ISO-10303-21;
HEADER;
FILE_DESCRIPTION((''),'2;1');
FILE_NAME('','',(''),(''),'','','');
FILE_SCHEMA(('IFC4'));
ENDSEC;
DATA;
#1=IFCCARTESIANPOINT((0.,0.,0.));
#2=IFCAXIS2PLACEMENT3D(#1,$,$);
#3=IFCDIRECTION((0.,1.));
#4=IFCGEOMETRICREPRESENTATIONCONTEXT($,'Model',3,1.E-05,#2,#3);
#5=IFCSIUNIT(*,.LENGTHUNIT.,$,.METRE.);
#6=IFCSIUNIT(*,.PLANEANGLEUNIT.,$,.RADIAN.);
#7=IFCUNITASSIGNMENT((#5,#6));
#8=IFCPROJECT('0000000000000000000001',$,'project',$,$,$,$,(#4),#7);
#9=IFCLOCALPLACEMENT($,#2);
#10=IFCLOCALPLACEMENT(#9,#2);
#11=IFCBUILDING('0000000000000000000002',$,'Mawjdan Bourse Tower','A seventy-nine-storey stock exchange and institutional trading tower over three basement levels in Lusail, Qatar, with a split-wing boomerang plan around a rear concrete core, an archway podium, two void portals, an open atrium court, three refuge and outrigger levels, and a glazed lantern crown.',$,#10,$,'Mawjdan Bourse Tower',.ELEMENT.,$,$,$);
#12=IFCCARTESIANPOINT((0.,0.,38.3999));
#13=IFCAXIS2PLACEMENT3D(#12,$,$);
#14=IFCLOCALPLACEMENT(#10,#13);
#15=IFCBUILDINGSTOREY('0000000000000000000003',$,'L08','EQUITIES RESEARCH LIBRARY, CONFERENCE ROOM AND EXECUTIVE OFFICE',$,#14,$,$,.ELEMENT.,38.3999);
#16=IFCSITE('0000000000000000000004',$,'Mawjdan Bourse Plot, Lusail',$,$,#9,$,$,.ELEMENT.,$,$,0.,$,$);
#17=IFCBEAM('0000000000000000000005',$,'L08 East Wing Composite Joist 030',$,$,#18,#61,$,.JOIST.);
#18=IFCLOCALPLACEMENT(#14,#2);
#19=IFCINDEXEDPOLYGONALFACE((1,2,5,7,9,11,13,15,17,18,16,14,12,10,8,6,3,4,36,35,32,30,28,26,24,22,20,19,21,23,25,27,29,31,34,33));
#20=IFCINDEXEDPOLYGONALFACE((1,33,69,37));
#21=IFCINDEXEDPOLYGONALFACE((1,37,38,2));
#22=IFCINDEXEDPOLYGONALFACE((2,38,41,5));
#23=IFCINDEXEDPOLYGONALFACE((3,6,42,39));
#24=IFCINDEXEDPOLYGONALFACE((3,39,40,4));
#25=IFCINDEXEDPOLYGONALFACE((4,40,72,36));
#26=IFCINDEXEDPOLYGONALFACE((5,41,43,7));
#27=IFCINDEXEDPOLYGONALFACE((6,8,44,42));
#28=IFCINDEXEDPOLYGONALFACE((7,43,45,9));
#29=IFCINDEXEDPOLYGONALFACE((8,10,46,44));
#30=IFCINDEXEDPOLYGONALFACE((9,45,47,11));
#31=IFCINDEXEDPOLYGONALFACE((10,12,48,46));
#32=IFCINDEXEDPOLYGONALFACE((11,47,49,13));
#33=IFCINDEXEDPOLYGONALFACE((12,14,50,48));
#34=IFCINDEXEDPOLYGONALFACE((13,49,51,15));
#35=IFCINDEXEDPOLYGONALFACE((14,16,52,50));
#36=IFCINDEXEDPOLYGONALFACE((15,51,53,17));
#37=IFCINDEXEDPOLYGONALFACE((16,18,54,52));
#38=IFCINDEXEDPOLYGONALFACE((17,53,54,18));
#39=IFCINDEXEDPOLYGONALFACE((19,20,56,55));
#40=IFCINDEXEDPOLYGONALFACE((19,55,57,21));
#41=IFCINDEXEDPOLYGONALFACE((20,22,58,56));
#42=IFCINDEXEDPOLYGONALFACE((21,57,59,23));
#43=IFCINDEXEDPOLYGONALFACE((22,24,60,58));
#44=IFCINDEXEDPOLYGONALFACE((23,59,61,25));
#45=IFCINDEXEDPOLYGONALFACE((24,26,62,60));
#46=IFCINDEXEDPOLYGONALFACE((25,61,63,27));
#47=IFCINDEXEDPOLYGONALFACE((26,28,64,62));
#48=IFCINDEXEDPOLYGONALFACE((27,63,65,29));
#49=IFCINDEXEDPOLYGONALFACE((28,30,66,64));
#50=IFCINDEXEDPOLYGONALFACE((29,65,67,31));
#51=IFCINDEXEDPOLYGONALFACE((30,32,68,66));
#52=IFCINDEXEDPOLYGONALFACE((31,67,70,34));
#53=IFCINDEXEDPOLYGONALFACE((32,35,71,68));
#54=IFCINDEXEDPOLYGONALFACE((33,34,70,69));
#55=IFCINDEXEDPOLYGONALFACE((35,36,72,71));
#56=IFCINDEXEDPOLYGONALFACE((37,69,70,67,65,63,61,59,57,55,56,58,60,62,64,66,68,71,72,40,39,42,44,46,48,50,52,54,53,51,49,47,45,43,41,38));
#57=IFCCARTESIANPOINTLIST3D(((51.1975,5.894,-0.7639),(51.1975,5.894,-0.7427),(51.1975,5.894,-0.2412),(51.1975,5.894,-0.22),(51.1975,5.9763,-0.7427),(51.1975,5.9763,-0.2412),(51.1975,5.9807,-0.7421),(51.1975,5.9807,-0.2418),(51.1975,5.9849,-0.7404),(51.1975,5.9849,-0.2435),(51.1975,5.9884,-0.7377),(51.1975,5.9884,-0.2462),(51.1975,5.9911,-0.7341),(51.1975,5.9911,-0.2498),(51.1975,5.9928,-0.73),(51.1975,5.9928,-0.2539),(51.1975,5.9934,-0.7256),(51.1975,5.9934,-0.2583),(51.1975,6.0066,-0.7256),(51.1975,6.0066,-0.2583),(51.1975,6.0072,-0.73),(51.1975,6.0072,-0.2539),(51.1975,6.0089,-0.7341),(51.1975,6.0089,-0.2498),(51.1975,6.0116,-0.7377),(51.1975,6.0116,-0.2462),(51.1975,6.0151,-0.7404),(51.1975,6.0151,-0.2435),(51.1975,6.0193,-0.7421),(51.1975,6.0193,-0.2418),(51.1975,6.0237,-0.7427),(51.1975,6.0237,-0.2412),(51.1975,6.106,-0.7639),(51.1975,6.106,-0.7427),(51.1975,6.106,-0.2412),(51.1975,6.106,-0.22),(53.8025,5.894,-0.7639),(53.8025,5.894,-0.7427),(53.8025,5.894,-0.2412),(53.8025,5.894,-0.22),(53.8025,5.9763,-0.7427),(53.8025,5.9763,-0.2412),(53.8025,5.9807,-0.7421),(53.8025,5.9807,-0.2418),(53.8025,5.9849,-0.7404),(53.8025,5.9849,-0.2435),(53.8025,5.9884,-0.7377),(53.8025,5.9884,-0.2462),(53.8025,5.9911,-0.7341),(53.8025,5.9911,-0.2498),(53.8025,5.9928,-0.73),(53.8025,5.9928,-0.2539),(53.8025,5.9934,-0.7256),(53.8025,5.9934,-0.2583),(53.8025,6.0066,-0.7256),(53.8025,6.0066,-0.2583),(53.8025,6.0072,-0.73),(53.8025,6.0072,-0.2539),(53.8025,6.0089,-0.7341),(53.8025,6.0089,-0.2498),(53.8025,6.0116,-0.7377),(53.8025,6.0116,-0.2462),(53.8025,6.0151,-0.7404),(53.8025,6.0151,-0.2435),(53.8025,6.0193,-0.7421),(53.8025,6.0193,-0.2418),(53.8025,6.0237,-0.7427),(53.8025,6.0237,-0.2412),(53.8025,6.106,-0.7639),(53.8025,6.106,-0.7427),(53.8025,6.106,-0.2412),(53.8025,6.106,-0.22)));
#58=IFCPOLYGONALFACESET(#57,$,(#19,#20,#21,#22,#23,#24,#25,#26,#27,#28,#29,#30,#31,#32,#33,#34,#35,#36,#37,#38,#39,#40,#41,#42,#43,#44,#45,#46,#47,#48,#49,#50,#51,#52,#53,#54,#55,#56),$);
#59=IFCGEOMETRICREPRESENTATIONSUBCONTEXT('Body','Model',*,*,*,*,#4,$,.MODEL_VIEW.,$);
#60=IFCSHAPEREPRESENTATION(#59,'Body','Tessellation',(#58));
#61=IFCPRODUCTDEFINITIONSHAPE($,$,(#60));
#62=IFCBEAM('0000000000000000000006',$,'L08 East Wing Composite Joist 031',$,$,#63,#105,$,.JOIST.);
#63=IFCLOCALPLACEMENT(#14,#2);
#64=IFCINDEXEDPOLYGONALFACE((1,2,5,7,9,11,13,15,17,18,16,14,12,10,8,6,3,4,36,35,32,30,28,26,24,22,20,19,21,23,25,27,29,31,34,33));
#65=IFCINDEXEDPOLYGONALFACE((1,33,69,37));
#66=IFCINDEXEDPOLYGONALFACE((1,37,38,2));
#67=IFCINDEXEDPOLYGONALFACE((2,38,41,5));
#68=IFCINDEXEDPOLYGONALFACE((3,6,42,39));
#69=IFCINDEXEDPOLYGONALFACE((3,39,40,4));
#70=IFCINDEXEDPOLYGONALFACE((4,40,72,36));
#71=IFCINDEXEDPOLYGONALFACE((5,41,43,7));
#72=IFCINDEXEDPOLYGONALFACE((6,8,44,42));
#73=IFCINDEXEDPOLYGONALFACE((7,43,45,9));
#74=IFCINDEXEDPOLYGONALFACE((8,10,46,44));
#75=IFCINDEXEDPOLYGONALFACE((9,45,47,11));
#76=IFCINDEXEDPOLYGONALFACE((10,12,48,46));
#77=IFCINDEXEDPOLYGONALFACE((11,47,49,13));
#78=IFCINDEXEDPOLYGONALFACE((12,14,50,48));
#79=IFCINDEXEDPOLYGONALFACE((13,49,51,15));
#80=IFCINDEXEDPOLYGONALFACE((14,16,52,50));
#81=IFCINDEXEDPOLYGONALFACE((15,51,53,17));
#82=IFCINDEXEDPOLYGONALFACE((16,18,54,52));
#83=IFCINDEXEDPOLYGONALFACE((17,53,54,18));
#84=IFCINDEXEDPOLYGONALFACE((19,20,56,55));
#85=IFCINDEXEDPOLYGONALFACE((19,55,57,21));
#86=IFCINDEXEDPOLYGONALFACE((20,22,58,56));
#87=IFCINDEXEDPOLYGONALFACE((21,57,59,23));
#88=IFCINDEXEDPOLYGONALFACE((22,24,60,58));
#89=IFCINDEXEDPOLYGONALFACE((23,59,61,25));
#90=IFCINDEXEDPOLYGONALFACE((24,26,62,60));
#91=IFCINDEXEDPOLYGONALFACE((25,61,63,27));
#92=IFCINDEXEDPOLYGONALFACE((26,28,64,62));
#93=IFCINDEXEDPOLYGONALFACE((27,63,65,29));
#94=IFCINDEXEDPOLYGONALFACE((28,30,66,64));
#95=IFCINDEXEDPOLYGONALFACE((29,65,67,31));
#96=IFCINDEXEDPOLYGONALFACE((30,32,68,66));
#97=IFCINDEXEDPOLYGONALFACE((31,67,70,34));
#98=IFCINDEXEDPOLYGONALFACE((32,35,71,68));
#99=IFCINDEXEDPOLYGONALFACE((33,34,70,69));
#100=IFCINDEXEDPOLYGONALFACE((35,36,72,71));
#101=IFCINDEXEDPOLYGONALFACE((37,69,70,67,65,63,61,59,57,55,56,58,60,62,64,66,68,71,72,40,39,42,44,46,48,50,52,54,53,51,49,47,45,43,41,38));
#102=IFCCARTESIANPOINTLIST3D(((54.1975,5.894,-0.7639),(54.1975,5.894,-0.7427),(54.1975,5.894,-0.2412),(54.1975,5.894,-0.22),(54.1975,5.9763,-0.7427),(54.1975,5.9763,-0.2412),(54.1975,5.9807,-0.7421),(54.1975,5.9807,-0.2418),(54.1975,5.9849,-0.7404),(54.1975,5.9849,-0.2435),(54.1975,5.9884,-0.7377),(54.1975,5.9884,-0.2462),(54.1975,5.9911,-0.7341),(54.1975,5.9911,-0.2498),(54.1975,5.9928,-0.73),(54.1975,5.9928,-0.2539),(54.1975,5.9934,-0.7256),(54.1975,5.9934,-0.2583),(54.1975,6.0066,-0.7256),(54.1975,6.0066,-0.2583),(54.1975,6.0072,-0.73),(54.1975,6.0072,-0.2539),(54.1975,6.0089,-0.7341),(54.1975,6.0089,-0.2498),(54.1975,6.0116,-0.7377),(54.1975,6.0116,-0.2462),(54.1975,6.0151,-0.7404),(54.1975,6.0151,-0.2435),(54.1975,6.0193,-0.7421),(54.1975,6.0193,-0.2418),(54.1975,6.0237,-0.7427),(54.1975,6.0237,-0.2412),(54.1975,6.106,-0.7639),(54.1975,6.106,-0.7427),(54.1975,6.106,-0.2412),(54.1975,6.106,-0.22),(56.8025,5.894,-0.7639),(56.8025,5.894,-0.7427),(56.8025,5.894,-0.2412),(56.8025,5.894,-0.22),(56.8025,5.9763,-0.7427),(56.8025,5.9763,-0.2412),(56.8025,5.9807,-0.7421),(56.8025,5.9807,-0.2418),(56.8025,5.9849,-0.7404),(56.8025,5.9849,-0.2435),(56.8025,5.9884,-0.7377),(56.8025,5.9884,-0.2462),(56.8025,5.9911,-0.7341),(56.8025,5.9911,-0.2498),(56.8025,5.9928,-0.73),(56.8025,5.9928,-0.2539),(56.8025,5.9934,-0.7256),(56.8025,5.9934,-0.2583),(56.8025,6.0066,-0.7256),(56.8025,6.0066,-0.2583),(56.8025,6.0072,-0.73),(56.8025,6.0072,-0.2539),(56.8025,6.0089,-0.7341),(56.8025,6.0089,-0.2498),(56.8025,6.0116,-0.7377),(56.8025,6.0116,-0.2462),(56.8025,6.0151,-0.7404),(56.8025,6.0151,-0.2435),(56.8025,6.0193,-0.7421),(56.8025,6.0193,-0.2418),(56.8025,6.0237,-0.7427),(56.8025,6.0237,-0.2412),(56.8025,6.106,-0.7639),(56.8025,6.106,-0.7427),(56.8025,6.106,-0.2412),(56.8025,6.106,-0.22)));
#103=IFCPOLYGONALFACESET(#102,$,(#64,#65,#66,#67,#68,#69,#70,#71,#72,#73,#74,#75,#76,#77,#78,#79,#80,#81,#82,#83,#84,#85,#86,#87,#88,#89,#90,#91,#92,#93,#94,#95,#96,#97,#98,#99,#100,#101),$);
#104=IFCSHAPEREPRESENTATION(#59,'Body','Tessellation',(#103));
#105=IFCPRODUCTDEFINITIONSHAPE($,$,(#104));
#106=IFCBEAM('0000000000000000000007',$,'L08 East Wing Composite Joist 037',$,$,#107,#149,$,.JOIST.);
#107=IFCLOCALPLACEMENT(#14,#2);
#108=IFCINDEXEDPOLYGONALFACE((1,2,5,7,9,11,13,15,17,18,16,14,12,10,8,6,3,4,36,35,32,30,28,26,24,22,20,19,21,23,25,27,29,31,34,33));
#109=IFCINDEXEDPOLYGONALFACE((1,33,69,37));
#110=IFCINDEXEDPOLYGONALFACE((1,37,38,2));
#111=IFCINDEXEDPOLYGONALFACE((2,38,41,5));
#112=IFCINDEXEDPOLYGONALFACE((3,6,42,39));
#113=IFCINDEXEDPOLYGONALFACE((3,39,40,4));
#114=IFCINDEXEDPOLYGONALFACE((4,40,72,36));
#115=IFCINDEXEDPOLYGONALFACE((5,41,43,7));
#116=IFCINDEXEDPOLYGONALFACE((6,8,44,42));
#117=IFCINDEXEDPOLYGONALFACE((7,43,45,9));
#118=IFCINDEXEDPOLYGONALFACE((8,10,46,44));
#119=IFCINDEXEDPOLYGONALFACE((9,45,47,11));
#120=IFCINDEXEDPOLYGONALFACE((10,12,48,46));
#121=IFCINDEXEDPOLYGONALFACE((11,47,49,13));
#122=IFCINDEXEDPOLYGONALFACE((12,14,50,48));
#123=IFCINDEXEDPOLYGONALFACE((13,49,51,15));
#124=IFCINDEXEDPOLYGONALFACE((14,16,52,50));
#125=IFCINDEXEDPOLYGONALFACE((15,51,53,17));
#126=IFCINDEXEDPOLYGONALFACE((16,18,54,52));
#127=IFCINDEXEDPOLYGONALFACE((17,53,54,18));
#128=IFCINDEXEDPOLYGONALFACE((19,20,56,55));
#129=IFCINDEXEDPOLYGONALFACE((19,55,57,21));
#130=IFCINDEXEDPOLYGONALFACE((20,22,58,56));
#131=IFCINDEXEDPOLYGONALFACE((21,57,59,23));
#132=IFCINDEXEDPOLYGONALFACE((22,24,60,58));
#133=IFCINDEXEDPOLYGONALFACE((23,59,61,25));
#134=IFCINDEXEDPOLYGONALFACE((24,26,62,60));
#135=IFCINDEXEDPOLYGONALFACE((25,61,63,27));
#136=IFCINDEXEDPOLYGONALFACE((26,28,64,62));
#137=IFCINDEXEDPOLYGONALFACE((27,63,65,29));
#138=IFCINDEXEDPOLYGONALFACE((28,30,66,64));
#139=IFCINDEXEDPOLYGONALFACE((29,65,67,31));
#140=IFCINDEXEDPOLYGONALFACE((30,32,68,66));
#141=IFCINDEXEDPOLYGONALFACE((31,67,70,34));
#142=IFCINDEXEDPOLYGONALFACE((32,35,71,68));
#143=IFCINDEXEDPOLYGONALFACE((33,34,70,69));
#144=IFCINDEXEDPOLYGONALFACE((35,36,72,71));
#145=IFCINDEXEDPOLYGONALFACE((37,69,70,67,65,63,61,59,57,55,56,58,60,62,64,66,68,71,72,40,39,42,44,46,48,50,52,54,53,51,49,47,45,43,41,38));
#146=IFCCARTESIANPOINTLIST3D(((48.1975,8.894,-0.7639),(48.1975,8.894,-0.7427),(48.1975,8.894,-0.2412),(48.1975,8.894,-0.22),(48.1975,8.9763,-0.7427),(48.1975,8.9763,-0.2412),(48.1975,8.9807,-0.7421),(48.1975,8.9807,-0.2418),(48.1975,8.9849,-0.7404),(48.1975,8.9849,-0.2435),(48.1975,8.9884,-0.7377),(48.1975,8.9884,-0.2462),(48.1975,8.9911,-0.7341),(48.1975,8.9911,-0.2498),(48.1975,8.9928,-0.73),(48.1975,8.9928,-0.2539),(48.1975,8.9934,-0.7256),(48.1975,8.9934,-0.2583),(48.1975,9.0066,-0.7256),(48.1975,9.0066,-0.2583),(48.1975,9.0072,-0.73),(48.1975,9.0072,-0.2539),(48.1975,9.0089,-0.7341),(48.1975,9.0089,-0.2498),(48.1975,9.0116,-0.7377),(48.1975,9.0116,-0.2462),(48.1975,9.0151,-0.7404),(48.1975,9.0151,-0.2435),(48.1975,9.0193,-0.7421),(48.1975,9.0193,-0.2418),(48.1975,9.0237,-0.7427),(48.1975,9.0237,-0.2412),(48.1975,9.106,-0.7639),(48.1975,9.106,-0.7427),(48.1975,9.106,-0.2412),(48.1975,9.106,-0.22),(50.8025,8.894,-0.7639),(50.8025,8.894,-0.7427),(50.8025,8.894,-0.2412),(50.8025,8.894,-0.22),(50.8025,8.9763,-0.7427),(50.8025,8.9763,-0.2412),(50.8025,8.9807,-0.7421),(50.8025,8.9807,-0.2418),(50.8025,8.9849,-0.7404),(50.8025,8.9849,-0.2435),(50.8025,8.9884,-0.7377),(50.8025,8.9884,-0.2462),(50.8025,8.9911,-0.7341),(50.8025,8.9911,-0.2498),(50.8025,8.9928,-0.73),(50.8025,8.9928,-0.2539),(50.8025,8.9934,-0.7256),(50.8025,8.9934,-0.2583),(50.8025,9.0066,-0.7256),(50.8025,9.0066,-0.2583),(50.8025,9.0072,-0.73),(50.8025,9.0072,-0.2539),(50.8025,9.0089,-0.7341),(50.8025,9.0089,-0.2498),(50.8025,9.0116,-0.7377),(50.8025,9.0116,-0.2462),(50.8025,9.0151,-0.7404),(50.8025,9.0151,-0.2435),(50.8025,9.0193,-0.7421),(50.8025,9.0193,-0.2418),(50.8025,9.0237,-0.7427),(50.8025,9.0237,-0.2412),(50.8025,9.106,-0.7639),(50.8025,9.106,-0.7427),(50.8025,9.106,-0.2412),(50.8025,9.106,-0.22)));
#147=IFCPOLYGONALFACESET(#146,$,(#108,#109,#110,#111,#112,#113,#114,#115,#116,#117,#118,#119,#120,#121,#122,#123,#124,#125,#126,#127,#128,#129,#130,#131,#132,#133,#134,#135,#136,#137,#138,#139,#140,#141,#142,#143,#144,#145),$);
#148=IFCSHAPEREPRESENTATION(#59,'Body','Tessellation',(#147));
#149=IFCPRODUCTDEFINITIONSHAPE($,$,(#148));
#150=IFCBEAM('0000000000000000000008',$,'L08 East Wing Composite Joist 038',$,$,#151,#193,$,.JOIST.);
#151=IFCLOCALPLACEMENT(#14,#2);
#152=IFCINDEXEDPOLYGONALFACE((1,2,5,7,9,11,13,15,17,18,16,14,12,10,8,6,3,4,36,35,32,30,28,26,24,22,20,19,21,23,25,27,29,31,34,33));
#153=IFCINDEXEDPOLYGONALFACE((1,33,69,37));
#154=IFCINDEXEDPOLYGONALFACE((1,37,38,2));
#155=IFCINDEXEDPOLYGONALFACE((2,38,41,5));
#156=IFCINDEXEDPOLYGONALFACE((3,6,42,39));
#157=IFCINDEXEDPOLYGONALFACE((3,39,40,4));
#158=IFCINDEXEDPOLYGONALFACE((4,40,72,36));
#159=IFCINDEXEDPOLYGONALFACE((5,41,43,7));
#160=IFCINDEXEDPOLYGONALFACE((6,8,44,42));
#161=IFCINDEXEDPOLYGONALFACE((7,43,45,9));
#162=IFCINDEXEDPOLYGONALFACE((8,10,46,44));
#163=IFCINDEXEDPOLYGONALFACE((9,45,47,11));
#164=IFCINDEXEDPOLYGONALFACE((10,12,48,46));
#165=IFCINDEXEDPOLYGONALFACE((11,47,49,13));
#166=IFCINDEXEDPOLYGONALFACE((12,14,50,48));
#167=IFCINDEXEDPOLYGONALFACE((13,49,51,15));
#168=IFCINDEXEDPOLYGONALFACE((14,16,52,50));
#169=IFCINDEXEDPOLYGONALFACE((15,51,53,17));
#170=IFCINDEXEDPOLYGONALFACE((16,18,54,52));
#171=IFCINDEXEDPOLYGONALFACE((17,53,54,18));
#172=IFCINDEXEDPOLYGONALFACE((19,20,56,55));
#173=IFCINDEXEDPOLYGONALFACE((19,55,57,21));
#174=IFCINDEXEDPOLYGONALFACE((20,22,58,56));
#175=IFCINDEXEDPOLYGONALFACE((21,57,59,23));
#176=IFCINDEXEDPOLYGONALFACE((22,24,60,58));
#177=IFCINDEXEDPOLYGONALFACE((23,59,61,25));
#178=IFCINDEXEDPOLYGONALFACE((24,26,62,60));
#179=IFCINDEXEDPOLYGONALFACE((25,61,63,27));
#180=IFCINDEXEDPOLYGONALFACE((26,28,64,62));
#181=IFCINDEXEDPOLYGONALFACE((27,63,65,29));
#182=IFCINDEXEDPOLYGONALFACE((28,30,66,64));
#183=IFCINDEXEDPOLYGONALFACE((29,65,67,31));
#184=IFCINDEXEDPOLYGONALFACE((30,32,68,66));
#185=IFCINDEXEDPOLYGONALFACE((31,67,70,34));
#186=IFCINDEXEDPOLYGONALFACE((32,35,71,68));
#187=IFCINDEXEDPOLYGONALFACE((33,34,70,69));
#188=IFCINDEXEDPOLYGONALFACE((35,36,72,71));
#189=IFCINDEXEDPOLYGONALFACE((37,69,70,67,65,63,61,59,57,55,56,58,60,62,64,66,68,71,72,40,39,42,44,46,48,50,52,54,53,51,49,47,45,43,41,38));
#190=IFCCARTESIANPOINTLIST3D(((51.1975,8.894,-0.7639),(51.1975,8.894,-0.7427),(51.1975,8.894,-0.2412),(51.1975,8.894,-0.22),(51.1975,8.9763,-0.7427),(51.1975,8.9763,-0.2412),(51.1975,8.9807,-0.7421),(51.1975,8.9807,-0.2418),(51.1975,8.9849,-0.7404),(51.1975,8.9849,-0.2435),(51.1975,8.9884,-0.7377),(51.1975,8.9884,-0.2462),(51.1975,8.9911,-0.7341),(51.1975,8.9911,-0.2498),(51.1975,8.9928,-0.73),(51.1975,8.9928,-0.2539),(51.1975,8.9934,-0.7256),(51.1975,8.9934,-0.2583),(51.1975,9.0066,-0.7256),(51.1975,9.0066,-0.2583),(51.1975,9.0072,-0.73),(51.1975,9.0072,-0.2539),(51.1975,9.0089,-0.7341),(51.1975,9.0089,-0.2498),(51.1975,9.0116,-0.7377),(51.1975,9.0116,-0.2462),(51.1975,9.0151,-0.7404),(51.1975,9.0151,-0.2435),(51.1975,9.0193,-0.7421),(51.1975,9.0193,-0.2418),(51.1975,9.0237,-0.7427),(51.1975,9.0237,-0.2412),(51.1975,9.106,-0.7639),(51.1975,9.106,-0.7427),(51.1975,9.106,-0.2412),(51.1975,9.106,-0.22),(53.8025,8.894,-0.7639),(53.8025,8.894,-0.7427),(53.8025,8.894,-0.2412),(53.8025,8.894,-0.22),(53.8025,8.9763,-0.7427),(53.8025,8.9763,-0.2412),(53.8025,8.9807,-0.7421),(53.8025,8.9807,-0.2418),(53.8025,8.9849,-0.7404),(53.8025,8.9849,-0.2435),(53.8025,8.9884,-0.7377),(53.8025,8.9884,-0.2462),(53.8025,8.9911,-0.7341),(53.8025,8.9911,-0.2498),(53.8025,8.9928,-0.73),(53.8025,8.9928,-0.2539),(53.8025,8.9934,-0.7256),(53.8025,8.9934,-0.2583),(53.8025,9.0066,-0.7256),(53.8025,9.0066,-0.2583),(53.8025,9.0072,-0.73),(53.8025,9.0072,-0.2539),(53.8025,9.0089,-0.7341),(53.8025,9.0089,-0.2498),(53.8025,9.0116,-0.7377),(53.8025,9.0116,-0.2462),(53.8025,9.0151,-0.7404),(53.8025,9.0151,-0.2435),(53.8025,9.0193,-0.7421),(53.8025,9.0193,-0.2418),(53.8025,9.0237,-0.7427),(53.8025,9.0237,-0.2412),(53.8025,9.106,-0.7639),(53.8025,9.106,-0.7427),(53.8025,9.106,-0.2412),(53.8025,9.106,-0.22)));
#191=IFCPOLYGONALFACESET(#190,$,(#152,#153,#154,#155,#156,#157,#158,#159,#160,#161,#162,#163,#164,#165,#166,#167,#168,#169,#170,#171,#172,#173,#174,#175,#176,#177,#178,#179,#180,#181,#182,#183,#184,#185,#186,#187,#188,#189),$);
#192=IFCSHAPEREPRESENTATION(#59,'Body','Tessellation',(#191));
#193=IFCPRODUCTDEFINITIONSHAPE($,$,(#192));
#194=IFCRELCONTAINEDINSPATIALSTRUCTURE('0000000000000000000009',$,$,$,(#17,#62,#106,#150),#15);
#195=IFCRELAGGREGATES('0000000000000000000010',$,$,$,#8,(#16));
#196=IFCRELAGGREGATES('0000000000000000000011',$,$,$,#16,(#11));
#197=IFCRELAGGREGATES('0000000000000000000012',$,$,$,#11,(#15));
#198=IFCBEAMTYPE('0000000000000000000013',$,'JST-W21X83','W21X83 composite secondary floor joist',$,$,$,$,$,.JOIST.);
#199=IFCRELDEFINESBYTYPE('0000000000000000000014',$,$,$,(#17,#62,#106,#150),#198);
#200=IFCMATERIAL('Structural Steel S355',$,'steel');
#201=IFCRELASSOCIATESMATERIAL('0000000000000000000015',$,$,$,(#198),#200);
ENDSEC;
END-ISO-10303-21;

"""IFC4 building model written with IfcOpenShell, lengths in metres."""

from ifc_helpers import new_model, si_unit, direction, frame, origin, origin_2d, place, context, subcontext, project, spatial, i_section, extrude, material, material_profile, profile_set, type_object, element, save


model = new_model("IFC4")

# Units and contexts
model_context = context("Model", 3, precision=1e-05, world=origin(), true_north=direction((0.0, 1.0)))
body_context = subcontext(model_context, "Body", "Model", "MODEL_VIEW")
ifc_project = project(units=[si_unit("LENGTHUNIT", "METRE"), si_unit("PLANEANGLEUNIT", "RADIAN")], contexts=[model_context])

# Site, building, storey
site_placement = place(None, origin())
site = spatial("IfcSite", under=ifc_project, at=site_placement, Name="Mawjdan Bourse Plot, Lusail", CompositionType="ELEMENT", RefElevation=0.0)
building_placement = place(site_placement, origin())
building = spatial("IfcBuilding", under=site, at=building_placement, Name="Mawjdan Bourse Tower", Description="A seventy-nine-storey stock exchange and institutional trading tower over three basement levels in Lusail, Qatar, with a split-wing boomerang plan around a rear concrete core, an archway podium, two void portals, an open atrium court, three refuge and outrigger levels, and a glazed lantern crown.", LongName="Mawjdan Bourse Tower", CompositionType="ELEMENT")
storey_placement = place(building_placement, frame((0.0, 0.0, 38.3999)))
storey = spatial("IfcBuildingStorey", under=building, at=storey_placement, Name="L08", Description="EQUITIES RESEARCH LIBRARY, CONFERENCE ROOM AND EXECUTIVE OFFICE", CompositionType="ELEMENT", Elevation=38.3999)

# Beams
ifc_material_1 = material(Name="Structural Steel S355", Category="steel")
ifc_material_profile_1 = material_profile(ifc_material_1, i_section(OverallWidth=0.2119, OverallDepth=0.5439, WebThickness=0.0132, FlangeThickness=0.0212, FilletRadius=0.0171, at=origin_2d()), Name="W21X83")
ifc_profile_set_1 = profile_set([ifc_material_profile_1], Name="Structural Steel S355")
beam_type_1 = type_object("IfcBeamType", Name="JST-W21X83", Description="W21X83 composite secondary floor joist", PredefinedType="JOIST", material=ifc_profile_set_1)
for number, where, z_axis, x_axis, name in (
    (1, (51.1975, 6.0, -0.4919), (1.0, 0.0, 0.0), (0.0, 1.0, 0.0), "L08 East Wing Composite Joist 030"),
    (2, (54.1975, 6.0, -0.4919), (1.0, 0.0, 0.0), (0.0, 1.0, 0.0), "L08 East Wing Composite Joist 031"),
    (3, (48.1975, 9.0, -0.4919), (1.0, 0.0, 0.0), (0.0, 1.0, 0.0), "L08 East Wing Composite Joist 037"),
    (4, (51.1975, 9.0, -0.4919), (1.0, 0.0, 0.0), (0.0, 1.0, 0.0), "L08 East Wing Composite Joist 038"),
):
    element("IfcBeam", number, at=place(storey_placement, frame(where, z_axis=z_axis, x_axis=x_axis)), inside=storey, type_object=beam_type_1, Name=name, PredefinedType="JOIST", context=body_context, shape_type="SweptSolid", body=[
        extrude(i_section(OverallWidth=0.2119, OverallDepth=0.5439, WebThickness=0.0132, FlangeThickness=0.0212, FilletRadius=0.0171, at=origin_2d()), origin(), (0.0, 0.0, 1.0), 2.605),
    ])

save(model, "model.ifc")
